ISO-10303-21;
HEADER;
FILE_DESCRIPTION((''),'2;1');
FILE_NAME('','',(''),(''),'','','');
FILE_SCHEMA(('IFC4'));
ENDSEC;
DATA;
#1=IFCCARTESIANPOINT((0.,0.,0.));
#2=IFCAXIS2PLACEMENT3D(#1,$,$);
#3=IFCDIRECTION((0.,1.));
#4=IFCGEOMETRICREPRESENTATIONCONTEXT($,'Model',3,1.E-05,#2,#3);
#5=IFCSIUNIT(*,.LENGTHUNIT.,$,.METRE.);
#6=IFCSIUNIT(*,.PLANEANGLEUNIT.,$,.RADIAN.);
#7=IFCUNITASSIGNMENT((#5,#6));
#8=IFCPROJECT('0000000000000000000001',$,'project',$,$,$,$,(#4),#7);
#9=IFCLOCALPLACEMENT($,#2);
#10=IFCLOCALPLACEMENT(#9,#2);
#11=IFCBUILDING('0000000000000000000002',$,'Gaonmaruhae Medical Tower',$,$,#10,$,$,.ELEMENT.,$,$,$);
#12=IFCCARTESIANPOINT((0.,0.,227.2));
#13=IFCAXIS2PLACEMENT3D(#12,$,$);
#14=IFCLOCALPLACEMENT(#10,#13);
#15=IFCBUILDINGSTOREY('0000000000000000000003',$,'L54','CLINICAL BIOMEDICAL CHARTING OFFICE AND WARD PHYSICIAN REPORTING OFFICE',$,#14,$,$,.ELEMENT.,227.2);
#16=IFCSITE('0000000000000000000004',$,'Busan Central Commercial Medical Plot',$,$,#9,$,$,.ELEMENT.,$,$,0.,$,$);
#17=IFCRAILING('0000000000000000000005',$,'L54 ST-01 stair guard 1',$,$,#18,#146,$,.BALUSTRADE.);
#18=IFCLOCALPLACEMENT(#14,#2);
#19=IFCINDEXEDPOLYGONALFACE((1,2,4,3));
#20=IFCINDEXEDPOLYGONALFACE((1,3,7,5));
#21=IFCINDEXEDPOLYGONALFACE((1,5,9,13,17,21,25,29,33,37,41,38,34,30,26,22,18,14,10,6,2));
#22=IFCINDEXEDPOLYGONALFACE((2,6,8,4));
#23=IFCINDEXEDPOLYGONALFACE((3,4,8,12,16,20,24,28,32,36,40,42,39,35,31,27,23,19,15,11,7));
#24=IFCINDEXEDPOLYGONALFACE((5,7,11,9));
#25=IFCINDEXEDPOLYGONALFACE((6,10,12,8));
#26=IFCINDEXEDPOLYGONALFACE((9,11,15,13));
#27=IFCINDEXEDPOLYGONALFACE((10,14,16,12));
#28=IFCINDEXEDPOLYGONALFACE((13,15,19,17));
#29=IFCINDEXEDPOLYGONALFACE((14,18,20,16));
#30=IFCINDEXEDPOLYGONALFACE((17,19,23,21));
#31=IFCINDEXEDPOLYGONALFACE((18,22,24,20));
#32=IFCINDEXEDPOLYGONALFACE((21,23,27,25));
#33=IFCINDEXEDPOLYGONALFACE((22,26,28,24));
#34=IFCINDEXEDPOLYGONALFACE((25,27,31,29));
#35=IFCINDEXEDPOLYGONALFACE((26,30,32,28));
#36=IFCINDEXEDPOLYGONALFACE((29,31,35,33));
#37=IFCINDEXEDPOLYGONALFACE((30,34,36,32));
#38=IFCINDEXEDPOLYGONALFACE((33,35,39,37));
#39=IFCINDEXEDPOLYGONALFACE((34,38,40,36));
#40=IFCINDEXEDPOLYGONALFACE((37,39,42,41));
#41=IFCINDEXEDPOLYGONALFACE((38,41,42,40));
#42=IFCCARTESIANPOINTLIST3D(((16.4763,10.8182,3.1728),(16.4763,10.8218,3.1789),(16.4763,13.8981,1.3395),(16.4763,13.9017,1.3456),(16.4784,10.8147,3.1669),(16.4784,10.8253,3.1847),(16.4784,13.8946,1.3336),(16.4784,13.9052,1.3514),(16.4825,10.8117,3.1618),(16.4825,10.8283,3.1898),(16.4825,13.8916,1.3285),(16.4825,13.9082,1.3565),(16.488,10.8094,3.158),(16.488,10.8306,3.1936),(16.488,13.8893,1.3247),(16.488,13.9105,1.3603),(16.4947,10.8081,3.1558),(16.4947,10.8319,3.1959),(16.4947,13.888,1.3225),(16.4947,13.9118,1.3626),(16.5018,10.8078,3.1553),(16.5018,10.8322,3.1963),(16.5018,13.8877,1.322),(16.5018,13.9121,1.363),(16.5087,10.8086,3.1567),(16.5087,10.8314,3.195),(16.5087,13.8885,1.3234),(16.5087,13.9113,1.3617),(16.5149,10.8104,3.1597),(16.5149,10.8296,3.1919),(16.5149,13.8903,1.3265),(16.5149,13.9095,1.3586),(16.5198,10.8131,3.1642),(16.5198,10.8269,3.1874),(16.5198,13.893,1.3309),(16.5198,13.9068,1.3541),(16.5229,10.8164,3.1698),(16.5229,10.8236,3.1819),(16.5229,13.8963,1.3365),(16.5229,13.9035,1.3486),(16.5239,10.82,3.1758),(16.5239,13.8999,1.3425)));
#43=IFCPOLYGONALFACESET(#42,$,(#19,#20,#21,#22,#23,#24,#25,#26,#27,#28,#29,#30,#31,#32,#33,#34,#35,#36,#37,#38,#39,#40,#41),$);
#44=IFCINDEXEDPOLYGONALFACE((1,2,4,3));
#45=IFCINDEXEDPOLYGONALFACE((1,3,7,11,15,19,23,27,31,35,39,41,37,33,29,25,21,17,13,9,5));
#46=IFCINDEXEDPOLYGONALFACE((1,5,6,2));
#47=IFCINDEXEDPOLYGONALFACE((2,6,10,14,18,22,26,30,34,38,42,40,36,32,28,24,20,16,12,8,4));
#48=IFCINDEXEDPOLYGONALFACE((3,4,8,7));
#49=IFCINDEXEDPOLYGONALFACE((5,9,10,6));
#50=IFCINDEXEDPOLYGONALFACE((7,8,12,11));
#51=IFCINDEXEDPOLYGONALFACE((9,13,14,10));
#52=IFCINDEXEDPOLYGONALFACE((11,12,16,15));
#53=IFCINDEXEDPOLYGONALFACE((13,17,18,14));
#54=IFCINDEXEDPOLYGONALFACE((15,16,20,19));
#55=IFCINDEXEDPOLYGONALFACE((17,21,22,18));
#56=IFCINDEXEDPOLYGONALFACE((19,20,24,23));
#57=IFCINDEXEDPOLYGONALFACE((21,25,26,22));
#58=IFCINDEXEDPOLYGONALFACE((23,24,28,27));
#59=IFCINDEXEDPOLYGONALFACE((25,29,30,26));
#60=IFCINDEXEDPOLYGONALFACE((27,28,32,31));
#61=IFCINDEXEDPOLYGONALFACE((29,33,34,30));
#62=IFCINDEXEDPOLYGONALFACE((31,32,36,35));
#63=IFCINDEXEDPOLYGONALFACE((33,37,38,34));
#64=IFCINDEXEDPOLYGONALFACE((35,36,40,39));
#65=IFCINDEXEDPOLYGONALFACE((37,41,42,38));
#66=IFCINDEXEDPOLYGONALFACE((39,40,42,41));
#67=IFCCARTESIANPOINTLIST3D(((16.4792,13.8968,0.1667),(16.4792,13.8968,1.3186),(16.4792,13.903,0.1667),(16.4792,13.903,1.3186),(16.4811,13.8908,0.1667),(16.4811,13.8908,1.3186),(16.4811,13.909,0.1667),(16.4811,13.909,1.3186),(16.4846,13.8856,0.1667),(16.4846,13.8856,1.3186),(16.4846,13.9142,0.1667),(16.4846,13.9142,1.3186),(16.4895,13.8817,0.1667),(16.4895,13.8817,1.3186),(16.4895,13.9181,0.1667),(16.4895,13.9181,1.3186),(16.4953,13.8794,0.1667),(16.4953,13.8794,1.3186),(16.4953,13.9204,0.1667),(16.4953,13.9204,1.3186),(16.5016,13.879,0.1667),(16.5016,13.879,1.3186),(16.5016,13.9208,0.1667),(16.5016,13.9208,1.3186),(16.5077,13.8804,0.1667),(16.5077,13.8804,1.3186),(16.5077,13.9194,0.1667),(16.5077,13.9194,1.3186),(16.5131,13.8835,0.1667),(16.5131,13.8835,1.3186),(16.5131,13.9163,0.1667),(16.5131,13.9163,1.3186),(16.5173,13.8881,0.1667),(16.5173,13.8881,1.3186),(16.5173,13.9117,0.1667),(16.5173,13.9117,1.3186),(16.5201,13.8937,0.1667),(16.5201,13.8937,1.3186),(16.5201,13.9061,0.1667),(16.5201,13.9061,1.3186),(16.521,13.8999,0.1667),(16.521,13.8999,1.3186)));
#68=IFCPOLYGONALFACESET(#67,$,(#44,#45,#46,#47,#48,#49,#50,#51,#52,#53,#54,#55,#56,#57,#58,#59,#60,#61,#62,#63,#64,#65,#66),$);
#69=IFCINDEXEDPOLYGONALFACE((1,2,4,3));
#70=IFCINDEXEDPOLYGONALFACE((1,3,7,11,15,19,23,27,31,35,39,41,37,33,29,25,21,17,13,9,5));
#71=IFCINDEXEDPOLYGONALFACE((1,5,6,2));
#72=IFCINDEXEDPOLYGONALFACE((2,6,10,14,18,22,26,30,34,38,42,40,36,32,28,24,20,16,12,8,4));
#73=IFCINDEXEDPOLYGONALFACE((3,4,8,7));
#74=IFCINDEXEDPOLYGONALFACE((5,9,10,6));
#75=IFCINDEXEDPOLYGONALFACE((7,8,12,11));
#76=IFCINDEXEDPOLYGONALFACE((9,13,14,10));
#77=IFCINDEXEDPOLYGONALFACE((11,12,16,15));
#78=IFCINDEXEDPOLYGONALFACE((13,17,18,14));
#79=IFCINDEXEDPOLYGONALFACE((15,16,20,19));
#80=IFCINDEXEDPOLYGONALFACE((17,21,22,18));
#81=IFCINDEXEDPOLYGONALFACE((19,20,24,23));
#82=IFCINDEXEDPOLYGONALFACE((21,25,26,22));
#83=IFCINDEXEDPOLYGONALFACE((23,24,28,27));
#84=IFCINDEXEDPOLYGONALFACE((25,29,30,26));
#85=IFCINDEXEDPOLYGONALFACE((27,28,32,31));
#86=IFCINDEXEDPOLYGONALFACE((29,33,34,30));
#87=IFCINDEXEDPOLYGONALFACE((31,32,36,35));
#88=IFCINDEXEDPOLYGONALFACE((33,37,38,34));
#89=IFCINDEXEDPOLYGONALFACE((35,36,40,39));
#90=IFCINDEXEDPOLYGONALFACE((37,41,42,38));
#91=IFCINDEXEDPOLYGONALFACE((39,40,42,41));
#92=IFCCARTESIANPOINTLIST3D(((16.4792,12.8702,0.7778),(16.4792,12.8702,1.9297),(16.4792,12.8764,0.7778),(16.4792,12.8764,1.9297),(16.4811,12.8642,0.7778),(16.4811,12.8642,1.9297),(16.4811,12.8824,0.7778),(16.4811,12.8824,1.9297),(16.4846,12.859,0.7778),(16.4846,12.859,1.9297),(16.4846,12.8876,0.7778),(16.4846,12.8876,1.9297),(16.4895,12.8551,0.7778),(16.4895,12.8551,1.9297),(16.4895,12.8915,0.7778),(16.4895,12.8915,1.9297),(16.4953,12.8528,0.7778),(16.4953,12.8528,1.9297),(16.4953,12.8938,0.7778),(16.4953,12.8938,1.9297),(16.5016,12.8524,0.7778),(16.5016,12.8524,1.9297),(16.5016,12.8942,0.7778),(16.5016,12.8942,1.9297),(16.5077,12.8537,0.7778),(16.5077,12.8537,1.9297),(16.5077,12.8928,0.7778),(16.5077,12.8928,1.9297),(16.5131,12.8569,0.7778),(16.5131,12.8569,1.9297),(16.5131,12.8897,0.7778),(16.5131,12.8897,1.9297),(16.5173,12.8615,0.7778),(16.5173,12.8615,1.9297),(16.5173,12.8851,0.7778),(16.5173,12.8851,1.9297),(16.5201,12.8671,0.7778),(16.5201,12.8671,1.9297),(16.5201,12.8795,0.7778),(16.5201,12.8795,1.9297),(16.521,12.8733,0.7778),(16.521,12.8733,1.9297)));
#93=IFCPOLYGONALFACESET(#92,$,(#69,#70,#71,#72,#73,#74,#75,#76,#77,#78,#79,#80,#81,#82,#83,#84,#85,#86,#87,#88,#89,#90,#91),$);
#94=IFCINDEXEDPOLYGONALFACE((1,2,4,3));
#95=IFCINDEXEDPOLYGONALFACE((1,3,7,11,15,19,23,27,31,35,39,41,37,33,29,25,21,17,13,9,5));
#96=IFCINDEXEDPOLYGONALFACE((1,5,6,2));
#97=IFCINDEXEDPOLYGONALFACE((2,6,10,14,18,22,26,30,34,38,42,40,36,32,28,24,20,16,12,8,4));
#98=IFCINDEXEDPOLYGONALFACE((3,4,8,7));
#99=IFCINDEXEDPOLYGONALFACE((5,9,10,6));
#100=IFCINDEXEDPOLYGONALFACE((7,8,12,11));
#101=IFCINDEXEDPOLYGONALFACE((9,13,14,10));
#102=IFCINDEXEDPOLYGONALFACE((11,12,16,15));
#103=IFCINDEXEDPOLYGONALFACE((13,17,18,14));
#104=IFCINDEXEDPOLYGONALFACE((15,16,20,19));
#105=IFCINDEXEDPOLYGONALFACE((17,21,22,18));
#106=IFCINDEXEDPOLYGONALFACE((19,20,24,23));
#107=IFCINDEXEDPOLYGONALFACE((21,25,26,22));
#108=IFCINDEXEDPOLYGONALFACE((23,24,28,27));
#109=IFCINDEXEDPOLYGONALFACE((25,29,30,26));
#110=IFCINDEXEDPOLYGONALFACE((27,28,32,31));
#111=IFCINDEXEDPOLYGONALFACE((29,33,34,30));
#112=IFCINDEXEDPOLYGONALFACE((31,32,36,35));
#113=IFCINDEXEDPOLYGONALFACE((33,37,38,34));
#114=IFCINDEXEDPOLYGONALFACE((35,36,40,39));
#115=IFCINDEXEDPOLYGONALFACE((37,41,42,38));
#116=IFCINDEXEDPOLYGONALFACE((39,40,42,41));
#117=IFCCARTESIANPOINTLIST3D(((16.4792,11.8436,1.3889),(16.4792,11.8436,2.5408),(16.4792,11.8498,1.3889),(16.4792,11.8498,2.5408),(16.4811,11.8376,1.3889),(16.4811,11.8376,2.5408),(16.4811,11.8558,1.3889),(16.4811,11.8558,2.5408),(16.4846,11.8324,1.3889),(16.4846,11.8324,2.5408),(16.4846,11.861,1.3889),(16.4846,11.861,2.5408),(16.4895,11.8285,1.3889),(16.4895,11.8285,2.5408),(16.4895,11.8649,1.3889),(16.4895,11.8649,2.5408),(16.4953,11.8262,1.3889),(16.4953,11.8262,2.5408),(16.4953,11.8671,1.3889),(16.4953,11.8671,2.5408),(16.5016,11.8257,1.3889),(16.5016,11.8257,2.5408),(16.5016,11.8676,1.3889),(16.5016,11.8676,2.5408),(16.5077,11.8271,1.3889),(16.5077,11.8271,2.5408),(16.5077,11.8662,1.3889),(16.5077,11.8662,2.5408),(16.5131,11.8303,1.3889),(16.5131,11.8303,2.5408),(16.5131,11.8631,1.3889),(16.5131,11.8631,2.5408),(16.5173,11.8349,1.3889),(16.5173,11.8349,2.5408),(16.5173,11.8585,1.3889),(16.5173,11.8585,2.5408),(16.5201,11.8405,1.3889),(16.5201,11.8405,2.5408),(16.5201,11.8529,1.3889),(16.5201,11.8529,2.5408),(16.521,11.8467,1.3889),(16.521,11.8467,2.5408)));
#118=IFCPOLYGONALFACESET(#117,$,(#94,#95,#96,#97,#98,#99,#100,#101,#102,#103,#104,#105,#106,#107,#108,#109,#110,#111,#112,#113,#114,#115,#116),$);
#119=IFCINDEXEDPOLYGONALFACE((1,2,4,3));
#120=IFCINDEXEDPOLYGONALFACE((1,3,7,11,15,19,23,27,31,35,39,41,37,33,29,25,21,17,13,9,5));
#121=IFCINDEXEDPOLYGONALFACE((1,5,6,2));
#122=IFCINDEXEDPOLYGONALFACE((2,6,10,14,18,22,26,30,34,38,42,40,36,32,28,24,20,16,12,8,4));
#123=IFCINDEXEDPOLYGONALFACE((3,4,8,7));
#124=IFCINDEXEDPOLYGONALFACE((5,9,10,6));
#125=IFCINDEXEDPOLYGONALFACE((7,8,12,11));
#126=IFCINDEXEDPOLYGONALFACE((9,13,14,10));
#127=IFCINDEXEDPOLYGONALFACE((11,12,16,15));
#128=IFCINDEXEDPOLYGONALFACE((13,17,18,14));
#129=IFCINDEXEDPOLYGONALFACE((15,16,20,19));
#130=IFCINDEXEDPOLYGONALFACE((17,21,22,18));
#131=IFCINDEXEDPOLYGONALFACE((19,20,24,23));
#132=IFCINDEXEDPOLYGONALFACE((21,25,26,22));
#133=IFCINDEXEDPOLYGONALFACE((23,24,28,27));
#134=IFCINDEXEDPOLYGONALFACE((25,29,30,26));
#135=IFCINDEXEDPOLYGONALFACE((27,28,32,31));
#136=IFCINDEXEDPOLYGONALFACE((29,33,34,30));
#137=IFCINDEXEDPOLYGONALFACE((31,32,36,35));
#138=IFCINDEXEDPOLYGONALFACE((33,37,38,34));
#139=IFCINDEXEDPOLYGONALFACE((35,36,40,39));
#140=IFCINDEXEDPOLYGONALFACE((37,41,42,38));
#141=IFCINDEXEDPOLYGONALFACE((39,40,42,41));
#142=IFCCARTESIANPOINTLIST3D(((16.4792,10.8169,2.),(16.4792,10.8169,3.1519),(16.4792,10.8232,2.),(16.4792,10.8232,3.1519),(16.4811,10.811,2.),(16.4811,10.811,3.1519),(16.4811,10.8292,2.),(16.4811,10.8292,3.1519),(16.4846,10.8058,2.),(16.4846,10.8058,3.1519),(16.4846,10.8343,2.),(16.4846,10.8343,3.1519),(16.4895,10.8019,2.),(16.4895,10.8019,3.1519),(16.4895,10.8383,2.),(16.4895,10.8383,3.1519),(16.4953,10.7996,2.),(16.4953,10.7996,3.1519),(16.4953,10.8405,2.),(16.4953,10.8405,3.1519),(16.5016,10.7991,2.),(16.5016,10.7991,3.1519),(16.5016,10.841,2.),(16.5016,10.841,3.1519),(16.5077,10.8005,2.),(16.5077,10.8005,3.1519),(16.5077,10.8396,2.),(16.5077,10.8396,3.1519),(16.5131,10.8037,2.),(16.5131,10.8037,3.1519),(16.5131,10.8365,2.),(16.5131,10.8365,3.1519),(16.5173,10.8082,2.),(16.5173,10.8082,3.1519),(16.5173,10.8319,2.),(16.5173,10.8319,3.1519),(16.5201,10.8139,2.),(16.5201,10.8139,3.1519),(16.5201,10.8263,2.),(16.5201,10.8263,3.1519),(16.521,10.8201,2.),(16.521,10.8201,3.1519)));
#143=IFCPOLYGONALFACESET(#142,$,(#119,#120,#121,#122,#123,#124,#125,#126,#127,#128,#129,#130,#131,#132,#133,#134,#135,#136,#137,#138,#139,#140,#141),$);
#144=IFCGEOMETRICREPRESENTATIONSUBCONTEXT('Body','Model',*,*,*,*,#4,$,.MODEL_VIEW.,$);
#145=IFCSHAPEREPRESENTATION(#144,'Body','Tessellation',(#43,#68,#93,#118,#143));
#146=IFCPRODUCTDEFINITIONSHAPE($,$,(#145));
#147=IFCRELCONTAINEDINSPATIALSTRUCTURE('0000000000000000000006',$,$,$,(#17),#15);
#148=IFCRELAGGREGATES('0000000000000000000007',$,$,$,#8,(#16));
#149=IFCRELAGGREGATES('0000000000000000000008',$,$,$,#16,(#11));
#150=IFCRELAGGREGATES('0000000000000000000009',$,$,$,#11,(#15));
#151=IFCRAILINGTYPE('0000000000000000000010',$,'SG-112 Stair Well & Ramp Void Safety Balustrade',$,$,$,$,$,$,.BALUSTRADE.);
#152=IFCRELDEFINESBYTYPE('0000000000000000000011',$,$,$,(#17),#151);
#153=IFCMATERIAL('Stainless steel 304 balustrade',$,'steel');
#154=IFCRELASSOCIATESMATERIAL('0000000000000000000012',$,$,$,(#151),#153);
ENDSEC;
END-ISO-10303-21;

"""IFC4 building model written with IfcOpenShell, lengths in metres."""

from ifc_helpers import new_model, si_unit, direction, frame, origin, origin_2d, place, context, subcontext, project, spatial, circle, extrude, material, type_object, element, save


model = new_model("IFC4")

# Units and contexts
model_context = context("Model", 3, precision=1e-05, world=origin(), true_north=direction((0.0, 1.0)))
body_context = subcontext(model_context, "Body", "Model", "MODEL_VIEW")
ifc_project = project(units=[si_unit("LENGTHUNIT", "METRE"), si_unit("PLANEANGLEUNIT", "RADIAN")], contexts=[model_context])

# Site, building, storey
site_placement = place(None, origin())
site = spatial("IfcSite", under=ifc_project, at=site_placement, Name="Busan Central Commercial Medical Plot", CompositionType="ELEMENT", RefElevation=0.0)
building_placement = place(site_placement, origin())
building = spatial("IfcBuilding", under=site, at=building_placement, Name="Gaonmaruhae Medical Tower", CompositionType="ELEMENT")
storey_placement = place(building_placement, frame((0.0, 0.0, 227.2)))
storey = spatial("IfcBuildingStorey", under=building, at=storey_placement, Name="L54", Description="CLINICAL BIOMEDICAL CHARTING OFFICE AND WARD PHYSICIAN REPORTING OFFICE", CompositionType="ELEMENT", Elevation=227.2)

# Railing
ifc_material_1 = material(Name="Stainless steel 304 balustrade", Category="steel")
railing_type_1 = type_object("IfcRailingType", Name="SG-112 Stair Well & Ramp Void Safety Balustrade", PredefinedType="BALUSTRADE", material=ifc_material_1)
railing_1_placement = place(storey_placement, frame((16.5, 13.8999, 0.1667)))
element("IfcRailing", 1, at=railing_1_placement, inside=storey, type_object=railing_type_1, Name="L54 ST-01 stair guard 1", PredefinedType="BALUSTRADE", context=body_context, shape_type="SweptSolid", body=[
    extrude(circle(Radius=0.0239, at=origin_2d()), frame((0.0, 0.0, 1.1758), z_axis=(0.0, -0.859291, 0.511487), x_axis=(1.0, 0.0, 0.0)), (0.0, 0.0, 1.0), 3.5842),
    extrude(circle(Radius=0.021, at=origin_2d()), origin(), (0.0, 0.0, 1.0), 1.1519),
    extrude(circle(Radius=0.021, at=origin_2d()), frame((0.0, -1.0266, 0.6111)), (0.0, 0.0, 1.0), 1.1519),
    extrude(circle(Radius=0.021, at=origin_2d()), frame((0.0, -2.0532, 1.2222)), (0.0, 0.0, 1.0), 1.1519),
    extrude(circle(Radius=0.021, at=origin_2d()), frame((0.0, -3.0798, 1.8333)), (0.0, 0.0, 1.0), 1.1519),
])

save(model, "model.ifc")
